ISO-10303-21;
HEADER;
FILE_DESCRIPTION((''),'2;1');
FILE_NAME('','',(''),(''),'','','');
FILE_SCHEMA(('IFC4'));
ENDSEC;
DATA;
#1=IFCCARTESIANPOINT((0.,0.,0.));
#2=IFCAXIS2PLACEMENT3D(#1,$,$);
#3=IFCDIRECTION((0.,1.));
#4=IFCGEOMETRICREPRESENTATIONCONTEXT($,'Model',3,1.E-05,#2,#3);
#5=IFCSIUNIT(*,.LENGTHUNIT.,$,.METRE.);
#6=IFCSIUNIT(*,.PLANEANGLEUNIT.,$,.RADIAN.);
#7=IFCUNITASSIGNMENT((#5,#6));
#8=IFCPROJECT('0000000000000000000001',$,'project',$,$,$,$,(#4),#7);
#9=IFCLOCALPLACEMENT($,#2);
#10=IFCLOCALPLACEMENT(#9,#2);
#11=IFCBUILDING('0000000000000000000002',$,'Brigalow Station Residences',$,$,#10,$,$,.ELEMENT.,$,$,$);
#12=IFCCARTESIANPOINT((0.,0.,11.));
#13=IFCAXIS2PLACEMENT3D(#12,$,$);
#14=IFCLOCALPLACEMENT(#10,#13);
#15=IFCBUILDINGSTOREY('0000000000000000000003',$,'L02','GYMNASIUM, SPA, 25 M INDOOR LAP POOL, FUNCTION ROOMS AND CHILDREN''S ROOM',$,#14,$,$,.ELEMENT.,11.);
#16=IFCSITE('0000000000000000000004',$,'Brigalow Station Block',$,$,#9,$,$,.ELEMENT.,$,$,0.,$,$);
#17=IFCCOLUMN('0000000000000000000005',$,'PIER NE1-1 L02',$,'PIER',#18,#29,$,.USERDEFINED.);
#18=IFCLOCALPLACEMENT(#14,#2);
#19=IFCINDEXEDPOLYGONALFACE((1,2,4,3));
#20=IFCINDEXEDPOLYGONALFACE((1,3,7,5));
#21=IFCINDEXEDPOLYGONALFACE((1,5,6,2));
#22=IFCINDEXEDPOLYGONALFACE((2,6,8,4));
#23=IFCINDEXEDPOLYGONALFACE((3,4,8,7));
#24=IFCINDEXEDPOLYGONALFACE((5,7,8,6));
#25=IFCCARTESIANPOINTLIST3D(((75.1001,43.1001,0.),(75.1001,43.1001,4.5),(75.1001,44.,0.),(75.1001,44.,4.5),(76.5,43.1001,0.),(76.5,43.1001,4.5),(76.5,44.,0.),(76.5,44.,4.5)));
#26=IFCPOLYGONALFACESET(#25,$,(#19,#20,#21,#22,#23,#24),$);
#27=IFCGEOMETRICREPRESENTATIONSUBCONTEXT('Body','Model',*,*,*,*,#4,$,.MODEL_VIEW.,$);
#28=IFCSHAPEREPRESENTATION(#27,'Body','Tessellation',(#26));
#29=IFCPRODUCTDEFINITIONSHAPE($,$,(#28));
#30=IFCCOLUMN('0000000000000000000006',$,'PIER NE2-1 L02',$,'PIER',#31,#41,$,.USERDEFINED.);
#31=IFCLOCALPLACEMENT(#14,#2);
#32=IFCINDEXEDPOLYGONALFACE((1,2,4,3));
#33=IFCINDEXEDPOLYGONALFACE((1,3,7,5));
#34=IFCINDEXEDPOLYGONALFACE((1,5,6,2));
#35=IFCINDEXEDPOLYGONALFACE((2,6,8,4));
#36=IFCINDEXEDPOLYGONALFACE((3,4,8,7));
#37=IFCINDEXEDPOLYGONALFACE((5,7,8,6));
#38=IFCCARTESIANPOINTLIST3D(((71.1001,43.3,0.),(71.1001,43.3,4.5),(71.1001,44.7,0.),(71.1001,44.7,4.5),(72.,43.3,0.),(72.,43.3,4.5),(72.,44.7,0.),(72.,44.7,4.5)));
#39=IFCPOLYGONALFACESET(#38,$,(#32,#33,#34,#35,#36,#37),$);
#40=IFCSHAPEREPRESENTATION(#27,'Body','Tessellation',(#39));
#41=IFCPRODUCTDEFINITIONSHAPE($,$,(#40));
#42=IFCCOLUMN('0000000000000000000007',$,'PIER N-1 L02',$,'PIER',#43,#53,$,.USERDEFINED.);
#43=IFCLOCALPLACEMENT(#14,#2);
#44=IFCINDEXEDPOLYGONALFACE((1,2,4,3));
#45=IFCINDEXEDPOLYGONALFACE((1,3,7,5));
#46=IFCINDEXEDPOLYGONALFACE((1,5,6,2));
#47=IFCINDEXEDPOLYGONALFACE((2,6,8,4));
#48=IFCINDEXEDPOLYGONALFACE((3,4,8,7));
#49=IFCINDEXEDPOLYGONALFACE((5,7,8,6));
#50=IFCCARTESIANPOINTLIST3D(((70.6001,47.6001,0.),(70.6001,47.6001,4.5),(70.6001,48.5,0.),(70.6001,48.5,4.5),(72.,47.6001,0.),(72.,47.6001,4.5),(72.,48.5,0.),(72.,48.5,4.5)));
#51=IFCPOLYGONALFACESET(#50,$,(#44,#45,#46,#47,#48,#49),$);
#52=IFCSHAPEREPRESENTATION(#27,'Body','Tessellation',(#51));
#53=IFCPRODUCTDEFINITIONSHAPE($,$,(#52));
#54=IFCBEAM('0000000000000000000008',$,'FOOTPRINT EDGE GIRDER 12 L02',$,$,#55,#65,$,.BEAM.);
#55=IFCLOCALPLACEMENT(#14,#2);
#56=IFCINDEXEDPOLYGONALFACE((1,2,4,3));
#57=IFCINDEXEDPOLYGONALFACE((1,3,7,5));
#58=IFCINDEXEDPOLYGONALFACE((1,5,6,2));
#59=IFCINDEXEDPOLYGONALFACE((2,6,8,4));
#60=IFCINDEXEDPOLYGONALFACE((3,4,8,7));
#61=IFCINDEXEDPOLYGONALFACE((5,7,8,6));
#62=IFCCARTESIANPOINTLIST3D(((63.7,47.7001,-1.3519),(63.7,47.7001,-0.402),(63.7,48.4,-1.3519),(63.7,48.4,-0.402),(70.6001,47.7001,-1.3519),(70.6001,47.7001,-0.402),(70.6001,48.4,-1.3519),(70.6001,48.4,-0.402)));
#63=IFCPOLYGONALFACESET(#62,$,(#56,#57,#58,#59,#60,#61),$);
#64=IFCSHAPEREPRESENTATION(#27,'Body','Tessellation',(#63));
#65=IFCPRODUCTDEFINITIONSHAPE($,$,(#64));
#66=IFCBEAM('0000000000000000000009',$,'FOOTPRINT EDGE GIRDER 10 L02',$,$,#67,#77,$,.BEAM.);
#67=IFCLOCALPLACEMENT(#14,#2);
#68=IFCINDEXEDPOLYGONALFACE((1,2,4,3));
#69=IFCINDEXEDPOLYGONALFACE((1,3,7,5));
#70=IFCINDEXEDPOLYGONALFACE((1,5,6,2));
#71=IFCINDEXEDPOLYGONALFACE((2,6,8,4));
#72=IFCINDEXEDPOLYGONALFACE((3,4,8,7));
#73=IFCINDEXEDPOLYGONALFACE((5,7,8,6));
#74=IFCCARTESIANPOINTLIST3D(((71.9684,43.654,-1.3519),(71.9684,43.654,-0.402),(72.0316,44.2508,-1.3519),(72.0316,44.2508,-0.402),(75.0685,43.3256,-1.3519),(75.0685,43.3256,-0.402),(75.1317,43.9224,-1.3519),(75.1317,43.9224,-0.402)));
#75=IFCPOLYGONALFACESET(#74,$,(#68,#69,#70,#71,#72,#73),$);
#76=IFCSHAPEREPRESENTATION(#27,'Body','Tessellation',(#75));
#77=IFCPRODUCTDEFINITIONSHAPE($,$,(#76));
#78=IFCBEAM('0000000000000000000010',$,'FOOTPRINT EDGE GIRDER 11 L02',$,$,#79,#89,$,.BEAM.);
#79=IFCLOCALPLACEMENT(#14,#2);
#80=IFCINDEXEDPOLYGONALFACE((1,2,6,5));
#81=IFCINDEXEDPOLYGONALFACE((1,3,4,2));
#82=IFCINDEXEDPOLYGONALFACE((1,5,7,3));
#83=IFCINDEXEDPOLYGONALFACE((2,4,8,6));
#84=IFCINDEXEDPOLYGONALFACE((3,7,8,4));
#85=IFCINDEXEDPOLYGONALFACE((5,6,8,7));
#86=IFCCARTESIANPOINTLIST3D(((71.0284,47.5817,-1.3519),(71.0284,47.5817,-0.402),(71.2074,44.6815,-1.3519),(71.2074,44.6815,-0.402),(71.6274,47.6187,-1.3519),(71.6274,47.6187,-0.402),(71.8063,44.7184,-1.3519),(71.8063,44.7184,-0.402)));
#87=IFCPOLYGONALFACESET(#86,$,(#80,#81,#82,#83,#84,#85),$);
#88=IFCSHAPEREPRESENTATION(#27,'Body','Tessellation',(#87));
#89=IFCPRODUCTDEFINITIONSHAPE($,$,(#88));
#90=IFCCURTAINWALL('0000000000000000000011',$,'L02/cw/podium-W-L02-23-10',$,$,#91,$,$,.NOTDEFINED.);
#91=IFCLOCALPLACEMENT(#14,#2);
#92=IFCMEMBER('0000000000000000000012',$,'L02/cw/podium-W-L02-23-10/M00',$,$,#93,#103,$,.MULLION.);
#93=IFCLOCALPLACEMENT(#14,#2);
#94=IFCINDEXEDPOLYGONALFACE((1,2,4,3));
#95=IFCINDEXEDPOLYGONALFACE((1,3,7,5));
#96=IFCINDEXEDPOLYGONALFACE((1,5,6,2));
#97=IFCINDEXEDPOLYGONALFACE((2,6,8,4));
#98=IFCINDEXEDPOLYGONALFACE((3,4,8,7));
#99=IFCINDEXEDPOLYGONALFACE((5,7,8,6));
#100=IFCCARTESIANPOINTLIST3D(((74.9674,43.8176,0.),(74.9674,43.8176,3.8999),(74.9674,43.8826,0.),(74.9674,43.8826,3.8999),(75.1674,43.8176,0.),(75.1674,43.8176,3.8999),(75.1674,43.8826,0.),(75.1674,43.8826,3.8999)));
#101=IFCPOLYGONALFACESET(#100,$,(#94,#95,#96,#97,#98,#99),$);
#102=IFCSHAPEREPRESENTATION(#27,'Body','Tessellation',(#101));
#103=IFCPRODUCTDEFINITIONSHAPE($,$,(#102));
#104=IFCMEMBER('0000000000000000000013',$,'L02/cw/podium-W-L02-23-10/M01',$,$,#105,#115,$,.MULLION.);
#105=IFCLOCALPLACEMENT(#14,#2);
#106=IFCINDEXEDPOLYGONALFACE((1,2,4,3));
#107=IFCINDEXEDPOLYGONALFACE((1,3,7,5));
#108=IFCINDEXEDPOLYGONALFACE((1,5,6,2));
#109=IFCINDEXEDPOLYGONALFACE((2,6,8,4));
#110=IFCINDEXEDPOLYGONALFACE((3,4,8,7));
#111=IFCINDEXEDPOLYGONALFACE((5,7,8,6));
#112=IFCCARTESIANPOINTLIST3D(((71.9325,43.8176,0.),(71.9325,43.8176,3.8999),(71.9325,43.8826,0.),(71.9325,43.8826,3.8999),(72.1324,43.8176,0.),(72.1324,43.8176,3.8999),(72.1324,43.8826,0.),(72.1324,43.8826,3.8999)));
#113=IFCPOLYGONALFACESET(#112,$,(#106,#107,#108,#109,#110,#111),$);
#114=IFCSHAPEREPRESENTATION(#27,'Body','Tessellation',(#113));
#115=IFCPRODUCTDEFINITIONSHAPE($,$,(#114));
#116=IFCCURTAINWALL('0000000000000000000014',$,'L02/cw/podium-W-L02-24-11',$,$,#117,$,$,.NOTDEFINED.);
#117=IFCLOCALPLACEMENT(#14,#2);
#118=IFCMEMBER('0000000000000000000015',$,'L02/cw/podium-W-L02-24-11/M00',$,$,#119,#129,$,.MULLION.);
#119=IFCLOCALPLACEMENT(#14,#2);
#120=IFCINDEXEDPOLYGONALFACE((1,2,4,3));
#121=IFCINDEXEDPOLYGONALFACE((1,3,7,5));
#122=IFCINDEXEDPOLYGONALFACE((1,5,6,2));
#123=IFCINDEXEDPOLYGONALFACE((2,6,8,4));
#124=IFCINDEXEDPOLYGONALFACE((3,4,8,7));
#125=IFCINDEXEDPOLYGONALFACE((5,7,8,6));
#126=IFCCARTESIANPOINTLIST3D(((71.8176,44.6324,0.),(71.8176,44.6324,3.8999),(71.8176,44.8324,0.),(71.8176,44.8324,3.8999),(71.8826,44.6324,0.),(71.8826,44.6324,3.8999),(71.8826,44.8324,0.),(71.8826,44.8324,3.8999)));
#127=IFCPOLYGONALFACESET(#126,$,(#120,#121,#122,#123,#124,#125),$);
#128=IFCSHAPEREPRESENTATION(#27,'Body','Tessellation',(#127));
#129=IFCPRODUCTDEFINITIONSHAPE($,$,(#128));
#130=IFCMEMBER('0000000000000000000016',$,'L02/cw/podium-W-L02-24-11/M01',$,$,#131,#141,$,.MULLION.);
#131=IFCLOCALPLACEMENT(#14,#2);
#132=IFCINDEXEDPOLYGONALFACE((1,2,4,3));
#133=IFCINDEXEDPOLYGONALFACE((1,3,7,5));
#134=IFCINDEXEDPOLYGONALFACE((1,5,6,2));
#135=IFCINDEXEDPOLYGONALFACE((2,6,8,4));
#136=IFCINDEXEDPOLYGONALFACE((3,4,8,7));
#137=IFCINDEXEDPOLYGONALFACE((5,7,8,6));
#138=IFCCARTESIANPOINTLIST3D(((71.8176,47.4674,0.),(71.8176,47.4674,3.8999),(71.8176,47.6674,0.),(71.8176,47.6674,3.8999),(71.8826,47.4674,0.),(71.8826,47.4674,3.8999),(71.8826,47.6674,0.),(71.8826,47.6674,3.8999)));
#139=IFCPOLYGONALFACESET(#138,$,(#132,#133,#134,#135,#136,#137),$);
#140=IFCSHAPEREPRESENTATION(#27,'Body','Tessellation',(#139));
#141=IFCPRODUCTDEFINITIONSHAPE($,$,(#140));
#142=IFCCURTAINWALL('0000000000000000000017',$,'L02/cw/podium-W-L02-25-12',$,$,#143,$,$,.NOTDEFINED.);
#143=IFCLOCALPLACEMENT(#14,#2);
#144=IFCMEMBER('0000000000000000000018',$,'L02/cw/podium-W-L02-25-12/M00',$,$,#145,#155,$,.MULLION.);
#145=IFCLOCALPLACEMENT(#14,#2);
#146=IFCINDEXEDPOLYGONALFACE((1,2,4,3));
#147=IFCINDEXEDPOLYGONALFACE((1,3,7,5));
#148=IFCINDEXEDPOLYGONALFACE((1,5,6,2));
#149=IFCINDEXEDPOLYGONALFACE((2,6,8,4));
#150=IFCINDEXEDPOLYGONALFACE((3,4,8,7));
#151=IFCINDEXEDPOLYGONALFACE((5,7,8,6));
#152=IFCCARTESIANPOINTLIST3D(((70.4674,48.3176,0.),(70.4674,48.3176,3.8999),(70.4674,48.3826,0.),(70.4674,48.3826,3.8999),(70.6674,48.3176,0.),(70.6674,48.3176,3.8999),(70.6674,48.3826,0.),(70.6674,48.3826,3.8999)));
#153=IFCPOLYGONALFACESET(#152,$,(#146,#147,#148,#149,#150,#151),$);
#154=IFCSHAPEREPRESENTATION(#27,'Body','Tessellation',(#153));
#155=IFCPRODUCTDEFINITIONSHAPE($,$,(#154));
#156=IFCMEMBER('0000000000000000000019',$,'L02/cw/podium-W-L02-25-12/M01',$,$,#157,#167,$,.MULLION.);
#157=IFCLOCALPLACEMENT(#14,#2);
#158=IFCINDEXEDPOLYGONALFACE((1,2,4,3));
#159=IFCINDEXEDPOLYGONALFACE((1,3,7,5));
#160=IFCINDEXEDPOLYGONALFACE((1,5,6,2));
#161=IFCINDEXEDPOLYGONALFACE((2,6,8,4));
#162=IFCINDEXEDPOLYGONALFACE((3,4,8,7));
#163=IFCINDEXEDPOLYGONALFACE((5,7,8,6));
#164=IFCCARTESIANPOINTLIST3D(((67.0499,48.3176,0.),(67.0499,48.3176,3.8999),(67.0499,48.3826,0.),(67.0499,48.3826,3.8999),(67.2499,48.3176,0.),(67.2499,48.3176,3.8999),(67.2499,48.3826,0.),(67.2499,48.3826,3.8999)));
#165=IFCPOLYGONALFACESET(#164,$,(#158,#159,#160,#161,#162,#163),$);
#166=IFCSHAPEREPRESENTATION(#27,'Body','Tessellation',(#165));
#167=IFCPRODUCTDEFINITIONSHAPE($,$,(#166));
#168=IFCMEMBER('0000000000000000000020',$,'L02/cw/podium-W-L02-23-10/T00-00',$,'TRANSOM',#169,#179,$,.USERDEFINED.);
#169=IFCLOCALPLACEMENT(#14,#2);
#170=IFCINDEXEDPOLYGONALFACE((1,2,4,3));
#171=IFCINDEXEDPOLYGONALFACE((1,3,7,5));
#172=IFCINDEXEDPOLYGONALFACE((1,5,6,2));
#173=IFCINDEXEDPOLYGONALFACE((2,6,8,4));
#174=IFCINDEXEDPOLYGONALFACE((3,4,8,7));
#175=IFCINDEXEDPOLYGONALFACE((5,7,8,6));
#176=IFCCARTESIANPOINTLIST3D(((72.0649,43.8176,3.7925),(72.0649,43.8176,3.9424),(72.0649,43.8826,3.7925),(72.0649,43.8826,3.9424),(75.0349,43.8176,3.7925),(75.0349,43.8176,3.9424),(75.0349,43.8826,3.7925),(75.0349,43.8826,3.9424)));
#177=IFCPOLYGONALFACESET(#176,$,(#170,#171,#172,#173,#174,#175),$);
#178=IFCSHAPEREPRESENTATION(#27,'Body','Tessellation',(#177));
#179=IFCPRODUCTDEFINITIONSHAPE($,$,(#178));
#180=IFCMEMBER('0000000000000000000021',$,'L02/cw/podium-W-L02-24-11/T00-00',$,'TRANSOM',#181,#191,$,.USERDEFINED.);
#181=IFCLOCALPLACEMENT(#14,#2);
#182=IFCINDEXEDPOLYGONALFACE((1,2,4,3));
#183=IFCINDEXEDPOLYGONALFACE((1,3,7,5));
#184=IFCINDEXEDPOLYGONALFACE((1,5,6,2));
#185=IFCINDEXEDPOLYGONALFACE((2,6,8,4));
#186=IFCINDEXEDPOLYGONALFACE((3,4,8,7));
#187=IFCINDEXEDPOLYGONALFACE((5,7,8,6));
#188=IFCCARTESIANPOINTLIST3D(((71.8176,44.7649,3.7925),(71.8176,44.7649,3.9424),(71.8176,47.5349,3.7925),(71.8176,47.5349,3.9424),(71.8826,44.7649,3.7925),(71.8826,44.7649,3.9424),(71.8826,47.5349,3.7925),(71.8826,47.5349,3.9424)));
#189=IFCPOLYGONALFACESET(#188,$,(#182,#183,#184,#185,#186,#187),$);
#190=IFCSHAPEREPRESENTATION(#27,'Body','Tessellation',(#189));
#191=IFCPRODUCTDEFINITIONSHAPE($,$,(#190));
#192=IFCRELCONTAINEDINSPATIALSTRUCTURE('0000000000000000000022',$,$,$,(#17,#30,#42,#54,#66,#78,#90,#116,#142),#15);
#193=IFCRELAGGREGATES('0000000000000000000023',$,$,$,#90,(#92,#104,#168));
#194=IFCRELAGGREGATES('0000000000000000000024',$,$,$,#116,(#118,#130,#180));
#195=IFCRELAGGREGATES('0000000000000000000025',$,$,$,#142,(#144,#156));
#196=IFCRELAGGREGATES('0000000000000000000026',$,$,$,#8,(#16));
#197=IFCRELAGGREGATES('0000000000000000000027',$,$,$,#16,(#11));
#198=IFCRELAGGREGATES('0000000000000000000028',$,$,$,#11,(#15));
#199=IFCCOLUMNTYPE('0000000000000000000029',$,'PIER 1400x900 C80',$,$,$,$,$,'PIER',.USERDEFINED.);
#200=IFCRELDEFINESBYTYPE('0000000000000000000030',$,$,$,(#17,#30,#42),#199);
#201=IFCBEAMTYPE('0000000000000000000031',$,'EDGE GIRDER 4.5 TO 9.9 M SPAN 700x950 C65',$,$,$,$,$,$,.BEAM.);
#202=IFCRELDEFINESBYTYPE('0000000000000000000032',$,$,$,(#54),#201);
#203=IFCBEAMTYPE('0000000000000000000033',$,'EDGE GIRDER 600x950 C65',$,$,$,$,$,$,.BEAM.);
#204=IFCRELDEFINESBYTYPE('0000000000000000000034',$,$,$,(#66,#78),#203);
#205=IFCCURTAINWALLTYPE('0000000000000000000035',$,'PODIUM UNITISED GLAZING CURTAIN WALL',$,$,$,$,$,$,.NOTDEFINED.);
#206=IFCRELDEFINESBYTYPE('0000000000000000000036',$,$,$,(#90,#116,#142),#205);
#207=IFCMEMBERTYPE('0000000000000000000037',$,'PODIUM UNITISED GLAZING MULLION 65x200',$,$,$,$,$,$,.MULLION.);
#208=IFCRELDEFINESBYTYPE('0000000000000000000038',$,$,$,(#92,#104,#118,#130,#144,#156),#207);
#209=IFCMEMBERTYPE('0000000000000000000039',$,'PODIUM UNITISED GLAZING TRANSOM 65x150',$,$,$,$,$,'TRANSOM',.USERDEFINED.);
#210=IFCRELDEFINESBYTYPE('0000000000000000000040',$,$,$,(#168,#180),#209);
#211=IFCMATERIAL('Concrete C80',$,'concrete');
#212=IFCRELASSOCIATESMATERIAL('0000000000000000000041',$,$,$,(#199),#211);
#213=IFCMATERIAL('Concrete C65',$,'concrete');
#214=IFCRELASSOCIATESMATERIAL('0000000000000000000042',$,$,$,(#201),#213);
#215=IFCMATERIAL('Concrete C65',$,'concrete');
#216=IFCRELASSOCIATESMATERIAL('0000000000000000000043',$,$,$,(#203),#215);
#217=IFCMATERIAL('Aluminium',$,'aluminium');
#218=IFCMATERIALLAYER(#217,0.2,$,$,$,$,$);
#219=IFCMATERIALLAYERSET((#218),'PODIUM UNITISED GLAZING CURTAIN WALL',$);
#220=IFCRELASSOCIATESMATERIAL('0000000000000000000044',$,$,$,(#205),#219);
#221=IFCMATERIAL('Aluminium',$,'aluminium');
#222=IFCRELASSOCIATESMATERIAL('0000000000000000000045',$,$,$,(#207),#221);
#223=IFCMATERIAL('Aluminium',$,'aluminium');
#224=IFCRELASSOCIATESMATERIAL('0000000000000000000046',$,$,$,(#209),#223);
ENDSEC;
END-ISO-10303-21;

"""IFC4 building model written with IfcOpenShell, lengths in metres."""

from ifc_helpers import new_model, si_unit, direction, frame, origin, origin_2d, place, context, subcontext, project, spatial, rectangle, extrude, material, layer, layer_set, material_profile, profile_set, type_object, element, aggregate, save


model = new_model("IFC4")

# Units and contexts
model_context = context("Model", 3, precision=1e-05, world=origin(), true_north=direction((0.0, 1.0)))
body_context = subcontext(model_context, "Body", "Model", "MODEL_VIEW")
ifc_project = project(units=[si_unit("LENGTHUNIT", "METRE"), si_unit("PLANEANGLEUNIT", "RADIAN")], contexts=[model_context])

# Site, building, storey
site_placement = place(None, origin())
site = spatial("IfcSite", under=ifc_project, at=site_placement, Name="Brigalow Station Block", CompositionType="ELEMENT", RefElevation=0.0)
building_placement = place(site_placement, origin())
building = spatial("IfcBuilding", under=site, at=building_placement, Name="Brigalow Station Residences", CompositionType="ELEMENT")
storey_placement = place(building_placement, frame((0.0, 0.0, 11.0)))
storey = spatial("IfcBuildingStorey", under=building, at=storey_placement, Name="L02", Description="GYMNASIUM, SPA, 25 M INDOOR LAP POOL, FUNCTION ROOMS AND CHILDREN'S ROOM", CompositionType="ELEMENT", Elevation=11.0)

# Columns
ifc_material_1 = material(Name="Concrete C80", Category="concrete")
ifc_material_profile_1 = material_profile(ifc_material_1, rectangle(XDim=1.3999, YDim=0.8999, at=origin_2d()), Name="RC1400x900")
ifc_profile_set_1 = profile_set([ifc_material_profile_1], Name="Concrete C80")
column_type = type_object("IfcColumnType", Name="PIER 1400x900 C80", ElementType="PIER", PredefinedType="USERDEFINED", material=ifc_profile_set_1)
for number, where, z_axis, x_axis, name in (
    (1, (75.8, 43.55, 0.0), (0.0, 0.0, 1.0), (-1.0, 0.0, 0.0), "PIER NE1-1 L02"),
    (2, (71.55, 44.0, 0.0), (0.0, 0.0, 1.0), (0.0, 1.0, 0.0), "PIER NE2-1 L02"),
    (3, (71.3, 48.05, 0.0), (0.0, 0.0, 1.0), (-1.0, 0.0, 0.0), "PIER N-1 L02"),
):
    element("IfcColumn", number, at=place(storey_placement, frame(where, z_axis=z_axis, x_axis=x_axis)), inside=storey, type_object=column_type, Name=name, ObjectType="PIER", PredefinedType="USERDEFINED", context=body_context, shape_type="SweptSolid", body=[
        extrude(rectangle(XDim=1.3999, YDim=0.8999, at=origin_2d()), origin(), (0.0, 0.0, 1.0), 4.5),
    ])

# Beams
ifc_material_2 = material(Name="Concrete C65", Category="concrete")
ifc_material_profile_2 = material_profile(ifc_material_2, rectangle(XDim=0.7, YDim=0.95, at=origin_2d()), Name="RC700x950")
ifc_profile_set_2 = profile_set([ifc_material_profile_2], Name="Concrete C65")
beam_type_1 = type_object("IfcBeamType", Name="EDGE GIRDER 4.5 TO 9.9 M SPAN 700x950 C65", PredefinedType="BEAM", material=ifc_profile_set_2)
beam_1_placement = place(storey_placement, frame((70.6001, 48.05, -0.877), z_axis=(-1.0, 0.0, 0.0), x_axis=(0.0, -1.0, 0.0)))
element("IfcBeam", 4, at=beam_1_placement, inside=storey, type_object=beam_type_1, Name="FOOTPRINT EDGE GIRDER 12 L02", PredefinedType="BEAM", context=body_context, shape_type="SweptSolid", body=[
    extrude(rectangle(XDim=0.7, YDim=0.95, at=origin_2d()), origin(), (0.0, 0.0, 1.0), 6.9001),
])
ifc_material_3 = material(Name="Concrete C65", Category="concrete")
ifc_material_profile_3 = material_profile(ifc_material_3, rectangle(XDim=0.6001, YDim=0.95, at=origin_2d()), Name="RC600x950")
ifc_profile_set_3 = profile_set([ifc_material_profile_3], Name="Concrete C65")
beam_type_2 = type_object("IfcBeamType", Name="EDGE GIRDER 600x950 C65", PredefinedType="BEAM", material=ifc_profile_set_3)
beam_2_placement = place(storey_placement, frame((75.1001, 43.624, -0.877), z_axis=(-0.994437, 0.105333, 0.0), x_axis=(-0.105333, -0.994437, 0.0)))
element("IfcBeam", 5, at=beam_2_placement, inside=storey, type_object=beam_type_2, Name="FOOTPRINT EDGE GIRDER 10 L02", PredefinedType="BEAM", context=body_context, shape_type="SweptSolid", body=[
    extrude(rectangle(XDim=0.6001, YDim=0.95, at=origin_2d()), origin(), (0.0, 0.0, 1.0), 3.1174),
])
beam_3_placement = place(storey_placement, frame((71.5068, 44.7, -0.877), z_axis=(-0.061588, 0.998102, 0.0), x_axis=(-0.998102, -0.061588, 0.0)))
element("IfcBeam", 6, at=beam_3_placement, inside=storey, type_object=beam_type_2, Name="FOOTPRINT EDGE GIRDER 11 L02", PredefinedType="BEAM", context=body_context, shape_type="SweptSolid", body=[
    extrude(rectangle(XDim=0.6001, YDim=0.95, at=origin_2d()), origin(), (0.0, 0.0, 1.0), 2.9058),
])

# Curtain walls, members
ifc_material_4 = material(Name="Aluminium", Category="aluminium")
ifc_layer_1 = layer(ifc_material_4, 0.2)
ifc_layer_set_1 = layer_set([ifc_layer_1], Name="PODIUM UNITISED GLAZING CURTAIN WALL")
curtain_wall_type = type_object("IfcCurtainWallType", Name="PODIUM UNITISED GLAZING CURTAIN WALL", PredefinedType="NOTDEFINED", material=ifc_layer_set_1)
curtain_wall_1_placement = place(storey_placement, origin())
curtain_wall_1 = element("IfcCurtainWall", 7, at=curtain_wall_1_placement, inside=storey, type_object=curtain_wall_type, Name="L02/cw/podium-W-L02-23-10", PredefinedType="NOTDEFINED")
ifc_material_5 = material(Name="Aluminium", Category="aluminium")
ifc_material_profile_4 = material_profile(ifc_material_5, rectangle(XDim=0.0649, YDim=0.2, at=origin_2d()), Name="PODIUM UNITISED GLAZING MULLION 65x200")
ifc_profile_set_4 = profile_set([ifc_material_profile_4], Name="Aluminium")
member_type_1 = type_object("IfcMemberType", Name="PODIUM UNITISED GLAZING MULLION 65x200", PredefinedType="MULLION", material=ifc_profile_set_4)
member_1_placement = place(storey_placement, frame((75.0674, 43.8501, 0.0), z_axis=(0.0, 0.0, 1.0), x_axis=(0.0, -1.0, 0.0)))
member_1 = element("IfcMember", 8, at=member_1_placement, type_object=member_type_1, Name="L02/cw/podium-W-L02-23-10/M00", PredefinedType="MULLION", context=body_context, shape_type="SweptSolid", body=[
    extrude(rectangle(XDim=0.0649, YDim=0.2, at=origin_2d()), origin(), (0.0, 0.0, 1.0), 3.8999),
])
member_2_placement = place(storey_placement, frame((72.0325, 43.8501, 0.0), z_axis=(0.0, 0.0, 1.0), x_axis=(0.0, -1.0, 0.0)))
member_2 = element("IfcMember", 9, at=member_2_placement, type_object=member_type_1, Name="L02/cw/podium-W-L02-23-10/M01", PredefinedType="MULLION", context=body_context, shape_type="SweptSolid", body=[
    extrude(rectangle(XDim=0.0649, YDim=0.2, at=origin_2d()), origin(), (0.0, 0.0, 1.0), 3.8999),
])
curtain_wall_2_placement = place(storey_placement, origin())
curtain_wall_2 = element("IfcCurtainWall", 10, at=curtain_wall_2_placement, inside=storey, type_object=curtain_wall_type, Name="L02/cw/podium-W-L02-24-11", PredefinedType="NOTDEFINED")
member_3_placement = place(storey_placement, frame((71.8501, 44.7324, 0.0), z_axis=(0.0, 0.0, 1.0), x_axis=(-1.0, 0.0, 0.0)))
member_3 = element("IfcMember", 11, at=member_3_placement, type_object=member_type_1, Name="L02/cw/podium-W-L02-24-11/M00", PredefinedType="MULLION", context=body_context, shape_type="SweptSolid", body=[
    extrude(rectangle(XDim=0.0649, YDim=0.2, at=origin_2d()), origin(), (0.0, 0.0, 1.0), 3.8999),
])
member_4_placement = place(storey_placement, frame((71.8501, 47.5674, 0.0), z_axis=(0.0, 0.0, 1.0), x_axis=(-1.0, 0.0, 0.0)))
member_4 = element("IfcMember", 12, at=member_4_placement, type_object=member_type_1, Name="L02/cw/podium-W-L02-24-11/M01", PredefinedType="MULLION", context=body_context, shape_type="SweptSolid", body=[
    extrude(rectangle(XDim=0.0649, YDim=0.2, at=origin_2d()), origin(), (0.0, 0.0, 1.0), 3.8999),
])
curtain_wall_3_placement = place(storey_placement, origin())
curtain_wall_3 = element("IfcCurtainWall", 13, at=curtain_wall_3_placement, inside=storey, type_object=curtain_wall_type, Name="L02/cw/podium-W-L02-25-12", PredefinedType="NOTDEFINED")
member_5_placement = place(storey_placement, frame((70.5674, 48.3501, 0.0), z_axis=(0.0, 0.0, 1.0), x_axis=(0.0, -1.0, 0.0)))
member_5 = element("IfcMember", 14, at=member_5_placement, type_object=member_type_1, Name="L02/cw/podium-W-L02-25-12/M00", PredefinedType="MULLION", context=body_context, shape_type="SweptSolid", body=[
    extrude(rectangle(XDim=0.0649, YDim=0.2, at=origin_2d()), origin(), (0.0, 0.0, 1.0), 3.8999),
])
member_6_placement = place(storey_placement, frame((67.1499, 48.3501, 0.0), z_axis=(0.0, 0.0, 1.0), x_axis=(0.0, -1.0, 0.0)))
member_6 = element("IfcMember", 15, at=member_6_placement, type_object=member_type_1, Name="L02/cw/podium-W-L02-25-12/M01", PredefinedType="MULLION", context=body_context, shape_type="SweptSolid", body=[
    extrude(rectangle(XDim=0.0649, YDim=0.2, at=origin_2d()), origin(), (0.0, 0.0, 1.0), 3.8999),
])

# Members
ifc_material_6 = material(Name="Aluminium", Category="aluminium")
ifc_material_profile_5 = material_profile(ifc_material_6, rectangle(XDim=0.0649, YDim=0.1499, at=origin_2d()), Name="PODIUM UNITISED GLAZING TRANSOM 65x150")
ifc_profile_set_5 = profile_set([ifc_material_profile_5], Name="Aluminium")
member_type_2 = type_object("IfcMemberType", Name="PODIUM UNITISED GLAZING TRANSOM 65x150", ElementType="TRANSOM", PredefinedType="USERDEFINED", material=ifc_profile_set_5)
member_7_placement = place(storey_placement, frame((75.0349, 43.8501, 3.8674), z_axis=(-1.0, 0.0, 0.0), x_axis=(0.0, -1.0, 0.0)))
member_7 = element("IfcMember", 16, at=member_7_placement, type_object=member_type_2, Name="L02/cw/podium-W-L02-23-10/T00-00", ObjectType="TRANSOM", PredefinedType="USERDEFINED", context=body_context, shape_type="SweptSolid", body=[
    extrude(rectangle(XDim=0.0649, YDim=0.1499, at=origin_2d()), origin(), (0.0, 0.0, 1.0), 2.97),
])
member_8_placement = place(storey_placement, frame((71.8501, 44.7649, 3.8674), z_axis=(0.0, 1.0, 0.0), x_axis=(-1.0, 0.0, 0.0)))
member_8 = element("IfcMember", 17, at=member_8_placement, type_object=member_type_2, Name="L02/cw/podium-W-L02-24-11/T00-00", ObjectType="TRANSOM", PredefinedType="USERDEFINED", context=body_context, shape_type="SweptSolid", body=[
    extrude(rectangle(XDim=0.0649, YDim=0.1499, at=origin_2d()), origin(), (0.0, 0.0, 1.0), 2.77),
])

aggregate(curtain_wall_1, [member_1, member_2, member_7])
aggregate(curtain_wall_2, [member_3, member_4, member_8])
aggregate(curtain_wall_3, [member_5, member_6])

save(model, "model.ifc")
